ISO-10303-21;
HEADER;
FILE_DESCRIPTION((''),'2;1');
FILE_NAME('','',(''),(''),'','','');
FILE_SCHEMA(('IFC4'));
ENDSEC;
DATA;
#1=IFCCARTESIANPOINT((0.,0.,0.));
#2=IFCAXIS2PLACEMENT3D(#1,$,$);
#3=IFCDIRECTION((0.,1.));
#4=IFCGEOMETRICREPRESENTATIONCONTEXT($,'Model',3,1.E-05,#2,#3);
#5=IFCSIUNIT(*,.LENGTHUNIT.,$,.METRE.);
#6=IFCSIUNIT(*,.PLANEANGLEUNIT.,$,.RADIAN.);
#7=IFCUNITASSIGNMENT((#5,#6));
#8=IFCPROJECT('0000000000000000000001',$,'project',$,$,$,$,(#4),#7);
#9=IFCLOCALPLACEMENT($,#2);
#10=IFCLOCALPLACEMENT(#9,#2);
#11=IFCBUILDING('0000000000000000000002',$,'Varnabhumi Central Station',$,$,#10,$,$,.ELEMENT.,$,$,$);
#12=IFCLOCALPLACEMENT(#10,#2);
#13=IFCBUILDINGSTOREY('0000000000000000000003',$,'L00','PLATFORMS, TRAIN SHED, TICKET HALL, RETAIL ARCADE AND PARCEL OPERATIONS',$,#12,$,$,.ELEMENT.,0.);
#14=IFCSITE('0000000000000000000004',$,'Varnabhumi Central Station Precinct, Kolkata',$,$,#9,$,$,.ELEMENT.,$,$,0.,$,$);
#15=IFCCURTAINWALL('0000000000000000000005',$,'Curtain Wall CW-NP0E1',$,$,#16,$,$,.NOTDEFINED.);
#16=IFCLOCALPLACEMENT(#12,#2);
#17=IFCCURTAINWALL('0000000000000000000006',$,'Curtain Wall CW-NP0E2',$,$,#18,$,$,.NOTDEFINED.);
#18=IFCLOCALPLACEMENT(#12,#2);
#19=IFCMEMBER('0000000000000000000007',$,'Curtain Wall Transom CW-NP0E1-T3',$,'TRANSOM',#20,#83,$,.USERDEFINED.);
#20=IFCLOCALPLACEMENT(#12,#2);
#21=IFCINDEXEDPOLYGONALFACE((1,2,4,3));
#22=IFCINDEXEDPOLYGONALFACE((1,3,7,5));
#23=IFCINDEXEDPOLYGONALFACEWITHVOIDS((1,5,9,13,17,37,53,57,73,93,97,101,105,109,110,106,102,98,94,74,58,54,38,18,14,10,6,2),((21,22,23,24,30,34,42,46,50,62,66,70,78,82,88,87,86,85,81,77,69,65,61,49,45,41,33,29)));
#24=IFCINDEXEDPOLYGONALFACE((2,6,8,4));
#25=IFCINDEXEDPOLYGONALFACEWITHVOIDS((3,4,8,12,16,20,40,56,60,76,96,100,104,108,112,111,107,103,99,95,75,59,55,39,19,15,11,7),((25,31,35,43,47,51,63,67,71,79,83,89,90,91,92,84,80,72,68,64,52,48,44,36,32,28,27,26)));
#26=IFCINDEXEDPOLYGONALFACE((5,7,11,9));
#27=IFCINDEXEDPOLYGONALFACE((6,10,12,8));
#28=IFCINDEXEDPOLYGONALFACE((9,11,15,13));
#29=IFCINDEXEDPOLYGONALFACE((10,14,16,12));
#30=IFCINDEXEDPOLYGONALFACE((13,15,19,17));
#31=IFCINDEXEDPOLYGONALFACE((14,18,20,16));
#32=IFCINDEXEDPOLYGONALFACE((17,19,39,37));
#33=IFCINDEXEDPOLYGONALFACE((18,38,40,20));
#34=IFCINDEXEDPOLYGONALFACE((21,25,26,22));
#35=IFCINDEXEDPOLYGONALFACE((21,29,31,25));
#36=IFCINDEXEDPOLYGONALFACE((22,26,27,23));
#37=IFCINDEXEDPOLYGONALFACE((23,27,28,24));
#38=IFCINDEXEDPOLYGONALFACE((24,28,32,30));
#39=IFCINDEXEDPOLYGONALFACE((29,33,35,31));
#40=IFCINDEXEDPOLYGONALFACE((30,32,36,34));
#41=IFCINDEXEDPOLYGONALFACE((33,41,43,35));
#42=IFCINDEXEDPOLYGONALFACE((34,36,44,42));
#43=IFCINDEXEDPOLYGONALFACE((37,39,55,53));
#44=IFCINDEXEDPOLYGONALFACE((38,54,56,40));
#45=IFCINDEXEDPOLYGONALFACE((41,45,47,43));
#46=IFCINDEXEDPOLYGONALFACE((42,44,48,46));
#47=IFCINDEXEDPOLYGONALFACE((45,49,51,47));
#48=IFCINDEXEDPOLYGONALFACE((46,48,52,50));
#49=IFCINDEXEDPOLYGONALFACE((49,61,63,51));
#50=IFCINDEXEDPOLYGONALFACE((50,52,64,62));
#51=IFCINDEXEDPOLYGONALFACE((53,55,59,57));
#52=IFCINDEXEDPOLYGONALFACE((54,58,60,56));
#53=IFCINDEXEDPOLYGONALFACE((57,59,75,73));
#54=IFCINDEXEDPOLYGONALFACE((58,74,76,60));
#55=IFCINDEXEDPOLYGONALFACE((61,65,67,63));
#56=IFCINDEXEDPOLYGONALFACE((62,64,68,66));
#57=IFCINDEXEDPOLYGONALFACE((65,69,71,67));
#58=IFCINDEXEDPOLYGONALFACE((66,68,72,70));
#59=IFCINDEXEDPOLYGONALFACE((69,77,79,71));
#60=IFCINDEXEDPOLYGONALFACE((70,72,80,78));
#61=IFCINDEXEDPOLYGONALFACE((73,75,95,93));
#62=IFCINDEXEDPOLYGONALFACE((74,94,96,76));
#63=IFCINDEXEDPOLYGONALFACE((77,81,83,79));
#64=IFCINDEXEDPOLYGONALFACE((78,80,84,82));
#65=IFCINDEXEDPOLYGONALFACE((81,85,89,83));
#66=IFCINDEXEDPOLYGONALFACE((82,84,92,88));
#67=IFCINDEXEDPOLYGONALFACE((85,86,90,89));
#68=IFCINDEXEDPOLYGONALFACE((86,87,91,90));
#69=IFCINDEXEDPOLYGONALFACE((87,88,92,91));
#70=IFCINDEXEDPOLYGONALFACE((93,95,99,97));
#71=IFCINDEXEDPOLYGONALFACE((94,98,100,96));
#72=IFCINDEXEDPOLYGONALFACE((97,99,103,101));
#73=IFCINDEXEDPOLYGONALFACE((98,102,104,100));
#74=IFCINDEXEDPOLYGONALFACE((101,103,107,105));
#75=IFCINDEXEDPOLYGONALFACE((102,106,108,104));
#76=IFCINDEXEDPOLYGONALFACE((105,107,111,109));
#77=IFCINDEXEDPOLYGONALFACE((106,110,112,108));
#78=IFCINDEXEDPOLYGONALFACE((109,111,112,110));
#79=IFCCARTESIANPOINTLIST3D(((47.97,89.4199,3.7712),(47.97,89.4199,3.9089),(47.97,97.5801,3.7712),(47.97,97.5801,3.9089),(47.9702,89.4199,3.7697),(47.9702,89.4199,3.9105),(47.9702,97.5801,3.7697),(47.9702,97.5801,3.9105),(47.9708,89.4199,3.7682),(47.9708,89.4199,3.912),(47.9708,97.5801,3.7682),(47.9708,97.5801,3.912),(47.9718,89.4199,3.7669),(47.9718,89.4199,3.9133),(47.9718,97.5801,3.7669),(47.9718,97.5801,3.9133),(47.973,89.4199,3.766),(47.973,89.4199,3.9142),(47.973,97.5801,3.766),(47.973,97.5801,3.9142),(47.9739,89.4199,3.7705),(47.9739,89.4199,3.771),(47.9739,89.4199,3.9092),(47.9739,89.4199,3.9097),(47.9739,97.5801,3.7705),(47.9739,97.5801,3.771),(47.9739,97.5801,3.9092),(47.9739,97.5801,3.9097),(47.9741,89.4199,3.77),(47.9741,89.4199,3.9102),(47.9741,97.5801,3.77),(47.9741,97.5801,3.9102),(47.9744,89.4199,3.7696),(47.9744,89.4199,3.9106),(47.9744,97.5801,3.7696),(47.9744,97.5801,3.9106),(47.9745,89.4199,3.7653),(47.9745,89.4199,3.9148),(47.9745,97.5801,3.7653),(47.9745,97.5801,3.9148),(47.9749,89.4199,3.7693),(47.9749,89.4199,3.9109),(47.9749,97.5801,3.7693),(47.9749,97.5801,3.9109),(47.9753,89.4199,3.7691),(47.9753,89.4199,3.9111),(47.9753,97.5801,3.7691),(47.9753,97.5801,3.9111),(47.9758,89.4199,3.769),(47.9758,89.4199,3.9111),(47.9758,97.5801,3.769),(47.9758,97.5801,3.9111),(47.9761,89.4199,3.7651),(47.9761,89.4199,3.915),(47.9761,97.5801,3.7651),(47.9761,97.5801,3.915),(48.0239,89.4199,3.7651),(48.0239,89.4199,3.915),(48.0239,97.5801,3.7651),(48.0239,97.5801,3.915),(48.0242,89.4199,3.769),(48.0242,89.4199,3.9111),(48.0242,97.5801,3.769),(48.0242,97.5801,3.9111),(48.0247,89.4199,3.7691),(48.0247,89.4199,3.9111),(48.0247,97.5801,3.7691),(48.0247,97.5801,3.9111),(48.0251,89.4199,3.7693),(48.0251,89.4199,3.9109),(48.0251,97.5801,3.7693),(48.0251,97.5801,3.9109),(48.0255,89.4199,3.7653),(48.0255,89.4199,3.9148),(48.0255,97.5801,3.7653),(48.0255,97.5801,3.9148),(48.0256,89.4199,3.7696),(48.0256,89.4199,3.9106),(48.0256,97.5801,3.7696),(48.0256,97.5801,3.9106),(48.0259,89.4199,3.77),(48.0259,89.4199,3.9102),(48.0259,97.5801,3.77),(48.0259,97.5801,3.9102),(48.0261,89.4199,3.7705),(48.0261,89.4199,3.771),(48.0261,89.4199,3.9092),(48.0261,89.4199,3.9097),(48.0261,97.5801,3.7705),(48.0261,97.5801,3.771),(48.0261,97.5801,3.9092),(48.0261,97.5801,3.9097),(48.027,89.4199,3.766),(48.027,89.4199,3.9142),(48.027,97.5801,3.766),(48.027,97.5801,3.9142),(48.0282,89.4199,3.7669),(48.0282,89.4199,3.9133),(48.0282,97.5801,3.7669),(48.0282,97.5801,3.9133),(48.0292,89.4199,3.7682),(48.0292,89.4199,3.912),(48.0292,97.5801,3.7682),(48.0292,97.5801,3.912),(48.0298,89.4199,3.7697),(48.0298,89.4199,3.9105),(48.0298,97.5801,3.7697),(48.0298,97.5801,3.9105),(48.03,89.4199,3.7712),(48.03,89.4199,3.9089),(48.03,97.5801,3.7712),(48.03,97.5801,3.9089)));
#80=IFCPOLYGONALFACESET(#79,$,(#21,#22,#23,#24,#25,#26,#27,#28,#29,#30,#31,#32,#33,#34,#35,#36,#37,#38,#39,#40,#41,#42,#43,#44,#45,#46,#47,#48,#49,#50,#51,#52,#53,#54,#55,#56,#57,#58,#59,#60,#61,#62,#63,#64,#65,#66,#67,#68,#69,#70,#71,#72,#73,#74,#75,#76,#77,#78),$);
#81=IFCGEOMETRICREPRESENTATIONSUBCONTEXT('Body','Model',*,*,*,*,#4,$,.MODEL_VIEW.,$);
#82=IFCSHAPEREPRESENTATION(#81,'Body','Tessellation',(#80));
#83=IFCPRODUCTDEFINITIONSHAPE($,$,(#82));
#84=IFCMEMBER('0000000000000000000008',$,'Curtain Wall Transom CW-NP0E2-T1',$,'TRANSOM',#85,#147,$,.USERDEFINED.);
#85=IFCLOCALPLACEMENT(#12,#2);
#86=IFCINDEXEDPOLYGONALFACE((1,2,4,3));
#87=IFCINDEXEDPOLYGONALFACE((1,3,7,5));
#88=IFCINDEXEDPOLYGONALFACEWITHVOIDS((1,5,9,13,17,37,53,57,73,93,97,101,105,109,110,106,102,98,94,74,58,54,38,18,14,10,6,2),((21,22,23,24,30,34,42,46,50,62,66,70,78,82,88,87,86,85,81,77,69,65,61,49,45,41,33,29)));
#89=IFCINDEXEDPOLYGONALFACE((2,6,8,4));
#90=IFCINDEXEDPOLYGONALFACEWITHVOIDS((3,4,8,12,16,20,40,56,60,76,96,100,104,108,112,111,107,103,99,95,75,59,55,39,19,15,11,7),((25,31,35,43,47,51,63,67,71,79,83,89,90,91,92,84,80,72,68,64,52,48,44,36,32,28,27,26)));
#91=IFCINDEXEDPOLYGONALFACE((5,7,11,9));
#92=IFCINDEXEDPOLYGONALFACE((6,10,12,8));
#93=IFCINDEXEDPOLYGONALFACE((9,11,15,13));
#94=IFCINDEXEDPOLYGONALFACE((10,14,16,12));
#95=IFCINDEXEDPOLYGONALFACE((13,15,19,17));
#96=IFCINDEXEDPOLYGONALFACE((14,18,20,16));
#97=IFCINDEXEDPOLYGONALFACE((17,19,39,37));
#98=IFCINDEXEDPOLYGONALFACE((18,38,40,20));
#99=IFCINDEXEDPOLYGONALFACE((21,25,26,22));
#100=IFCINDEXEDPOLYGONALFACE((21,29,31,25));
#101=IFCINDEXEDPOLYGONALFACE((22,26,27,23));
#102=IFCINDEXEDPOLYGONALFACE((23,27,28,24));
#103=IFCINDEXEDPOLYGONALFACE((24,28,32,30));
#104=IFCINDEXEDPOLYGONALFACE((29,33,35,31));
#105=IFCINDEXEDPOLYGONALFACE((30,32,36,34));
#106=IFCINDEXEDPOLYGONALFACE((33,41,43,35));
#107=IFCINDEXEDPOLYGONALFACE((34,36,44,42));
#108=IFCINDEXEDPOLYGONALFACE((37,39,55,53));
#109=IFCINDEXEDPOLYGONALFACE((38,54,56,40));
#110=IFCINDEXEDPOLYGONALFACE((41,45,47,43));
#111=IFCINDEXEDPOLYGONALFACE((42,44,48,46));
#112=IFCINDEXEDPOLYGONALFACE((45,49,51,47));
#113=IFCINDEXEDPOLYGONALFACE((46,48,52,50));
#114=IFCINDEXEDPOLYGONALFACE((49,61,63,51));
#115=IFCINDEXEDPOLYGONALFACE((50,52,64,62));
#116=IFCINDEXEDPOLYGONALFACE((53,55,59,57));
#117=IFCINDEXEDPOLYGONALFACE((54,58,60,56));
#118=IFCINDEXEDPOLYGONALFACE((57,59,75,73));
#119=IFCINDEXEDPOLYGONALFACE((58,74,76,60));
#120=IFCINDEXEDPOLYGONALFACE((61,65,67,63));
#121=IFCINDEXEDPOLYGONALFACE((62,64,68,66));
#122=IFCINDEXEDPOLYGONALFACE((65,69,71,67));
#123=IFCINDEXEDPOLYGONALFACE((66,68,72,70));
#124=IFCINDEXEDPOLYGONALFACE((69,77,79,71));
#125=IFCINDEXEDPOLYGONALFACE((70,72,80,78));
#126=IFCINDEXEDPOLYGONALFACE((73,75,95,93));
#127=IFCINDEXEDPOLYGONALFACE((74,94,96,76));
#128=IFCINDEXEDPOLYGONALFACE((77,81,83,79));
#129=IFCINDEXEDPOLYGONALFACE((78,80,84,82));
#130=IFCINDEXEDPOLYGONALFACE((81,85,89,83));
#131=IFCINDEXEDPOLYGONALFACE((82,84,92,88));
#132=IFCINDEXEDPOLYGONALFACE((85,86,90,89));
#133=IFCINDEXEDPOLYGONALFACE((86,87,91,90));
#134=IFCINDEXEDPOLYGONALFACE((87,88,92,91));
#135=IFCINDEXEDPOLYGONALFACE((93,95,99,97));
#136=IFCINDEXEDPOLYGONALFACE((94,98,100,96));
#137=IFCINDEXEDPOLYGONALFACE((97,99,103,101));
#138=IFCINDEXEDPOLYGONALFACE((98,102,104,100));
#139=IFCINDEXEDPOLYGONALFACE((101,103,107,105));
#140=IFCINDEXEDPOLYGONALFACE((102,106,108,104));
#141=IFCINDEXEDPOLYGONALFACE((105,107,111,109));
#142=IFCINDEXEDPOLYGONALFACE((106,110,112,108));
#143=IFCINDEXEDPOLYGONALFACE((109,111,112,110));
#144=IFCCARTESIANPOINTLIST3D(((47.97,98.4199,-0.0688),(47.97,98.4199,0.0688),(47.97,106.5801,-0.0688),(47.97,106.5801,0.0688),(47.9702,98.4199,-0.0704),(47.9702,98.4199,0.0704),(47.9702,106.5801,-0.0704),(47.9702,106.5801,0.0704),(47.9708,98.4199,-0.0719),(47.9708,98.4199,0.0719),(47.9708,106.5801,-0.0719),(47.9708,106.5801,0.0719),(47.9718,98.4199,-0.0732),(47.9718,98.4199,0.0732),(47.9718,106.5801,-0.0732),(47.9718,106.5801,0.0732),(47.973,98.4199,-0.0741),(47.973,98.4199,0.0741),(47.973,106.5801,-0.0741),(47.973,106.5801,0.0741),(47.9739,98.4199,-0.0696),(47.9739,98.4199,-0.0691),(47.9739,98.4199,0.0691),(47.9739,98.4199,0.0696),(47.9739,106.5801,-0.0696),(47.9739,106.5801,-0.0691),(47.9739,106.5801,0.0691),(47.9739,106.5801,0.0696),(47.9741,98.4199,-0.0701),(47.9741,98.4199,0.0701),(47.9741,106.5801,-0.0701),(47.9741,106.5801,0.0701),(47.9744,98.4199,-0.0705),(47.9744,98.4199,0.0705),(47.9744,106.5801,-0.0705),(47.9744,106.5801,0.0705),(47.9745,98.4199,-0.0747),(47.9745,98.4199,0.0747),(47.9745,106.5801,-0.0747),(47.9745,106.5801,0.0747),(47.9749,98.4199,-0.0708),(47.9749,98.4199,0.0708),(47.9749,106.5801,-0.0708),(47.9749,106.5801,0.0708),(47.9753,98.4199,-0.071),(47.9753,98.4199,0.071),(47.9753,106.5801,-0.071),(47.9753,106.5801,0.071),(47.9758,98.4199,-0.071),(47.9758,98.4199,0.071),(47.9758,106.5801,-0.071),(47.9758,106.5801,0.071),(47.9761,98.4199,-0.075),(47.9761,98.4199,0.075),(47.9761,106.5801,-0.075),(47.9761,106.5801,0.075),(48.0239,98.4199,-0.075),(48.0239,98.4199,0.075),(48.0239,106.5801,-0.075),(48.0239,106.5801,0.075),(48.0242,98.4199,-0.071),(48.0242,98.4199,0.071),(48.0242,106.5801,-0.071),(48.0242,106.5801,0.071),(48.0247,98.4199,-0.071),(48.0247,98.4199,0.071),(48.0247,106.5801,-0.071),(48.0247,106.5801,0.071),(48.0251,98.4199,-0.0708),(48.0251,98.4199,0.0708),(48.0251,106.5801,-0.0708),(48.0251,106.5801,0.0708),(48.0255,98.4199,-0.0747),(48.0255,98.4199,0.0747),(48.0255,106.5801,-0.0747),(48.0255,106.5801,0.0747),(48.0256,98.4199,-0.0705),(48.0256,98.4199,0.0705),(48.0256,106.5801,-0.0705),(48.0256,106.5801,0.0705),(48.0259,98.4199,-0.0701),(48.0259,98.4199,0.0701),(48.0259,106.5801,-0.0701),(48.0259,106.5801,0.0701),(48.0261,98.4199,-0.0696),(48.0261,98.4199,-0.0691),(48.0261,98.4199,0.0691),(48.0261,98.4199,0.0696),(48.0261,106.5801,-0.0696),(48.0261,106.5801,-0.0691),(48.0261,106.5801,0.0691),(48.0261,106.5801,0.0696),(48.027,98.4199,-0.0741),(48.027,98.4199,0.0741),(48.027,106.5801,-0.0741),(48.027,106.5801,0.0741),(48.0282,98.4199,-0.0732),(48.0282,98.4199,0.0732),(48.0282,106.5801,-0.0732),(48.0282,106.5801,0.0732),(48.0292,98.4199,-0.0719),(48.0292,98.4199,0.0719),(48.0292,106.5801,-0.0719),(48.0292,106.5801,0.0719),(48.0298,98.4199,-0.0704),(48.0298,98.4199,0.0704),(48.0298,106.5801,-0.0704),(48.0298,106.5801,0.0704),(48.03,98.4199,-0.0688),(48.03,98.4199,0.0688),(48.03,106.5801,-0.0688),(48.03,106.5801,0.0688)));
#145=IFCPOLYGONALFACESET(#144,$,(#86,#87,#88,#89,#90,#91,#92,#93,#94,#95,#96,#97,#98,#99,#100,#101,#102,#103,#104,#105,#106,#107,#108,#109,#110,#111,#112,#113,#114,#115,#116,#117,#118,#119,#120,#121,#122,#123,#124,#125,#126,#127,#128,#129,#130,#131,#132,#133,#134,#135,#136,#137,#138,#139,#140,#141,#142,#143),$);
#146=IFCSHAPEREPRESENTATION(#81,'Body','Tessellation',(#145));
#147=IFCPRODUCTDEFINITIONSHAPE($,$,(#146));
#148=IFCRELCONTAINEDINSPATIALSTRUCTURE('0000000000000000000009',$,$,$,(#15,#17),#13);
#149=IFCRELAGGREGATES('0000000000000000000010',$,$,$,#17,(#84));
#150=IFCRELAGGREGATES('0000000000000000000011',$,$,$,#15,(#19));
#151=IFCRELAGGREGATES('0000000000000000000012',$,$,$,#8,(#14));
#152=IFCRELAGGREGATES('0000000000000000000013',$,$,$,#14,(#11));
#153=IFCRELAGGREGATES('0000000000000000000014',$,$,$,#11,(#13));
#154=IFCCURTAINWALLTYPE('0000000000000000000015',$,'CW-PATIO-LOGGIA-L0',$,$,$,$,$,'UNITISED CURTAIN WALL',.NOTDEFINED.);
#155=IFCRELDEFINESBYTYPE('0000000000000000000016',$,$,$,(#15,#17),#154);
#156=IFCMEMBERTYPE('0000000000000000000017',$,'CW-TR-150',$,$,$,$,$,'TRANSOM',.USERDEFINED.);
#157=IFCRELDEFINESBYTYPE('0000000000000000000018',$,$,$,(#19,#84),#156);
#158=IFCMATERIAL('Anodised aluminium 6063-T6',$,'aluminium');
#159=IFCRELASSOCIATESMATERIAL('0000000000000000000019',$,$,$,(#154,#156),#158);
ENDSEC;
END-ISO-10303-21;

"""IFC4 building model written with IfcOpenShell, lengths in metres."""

from ifc_helpers import new_model, si_unit, direction, frame, origin, origin_2d, place, context, subcontext, project, spatial, hollow_rectangle, extrude, material, material_profile, profile_set, type_object, element, aggregate, save


model = new_model("IFC4")

# Units and contexts
model_context = context("Model", 3, precision=1e-05, world=origin(), true_north=direction((0.0, 1.0)))
body_context = subcontext(model_context, "Body", "Model", "MODEL_VIEW")
ifc_project = project(units=[si_unit("LENGTHUNIT", "METRE"), si_unit("PLANEANGLEUNIT", "RADIAN")], contexts=[model_context])

# Site, building, storey
site_placement = place(None, origin())
site = spatial("IfcSite", under=ifc_project, at=site_placement, Name="Varnabhumi Central Station Precinct, Kolkata", CompositionType="ELEMENT", RefElevation=0.0)
building_placement = place(site_placement, origin())
building = spatial("IfcBuilding", under=site, at=building_placement, Name="Varnabhumi Central Station", CompositionType="ELEMENT")
storey_placement = place(building_placement, origin())
storey = spatial("IfcBuildingStorey", under=building, at=storey_placement, Name="L00", Description="PLATFORMS, TRAIN SHED, TICKET HALL, RETAIL ARCADE AND PARCEL OPERATIONS", CompositionType="ELEMENT", Elevation=0.0)

# Curtain wall
ifc_material_1 = material(Name="Anodised aluminium 6063-T6", Category="aluminium")
curtain_wall_type = type_object("IfcCurtainWallType", Name="CW-PATIO-LOGGIA-L0", ElementType="UNITISED CURTAIN WALL", PredefinedType="NOTDEFINED", material=ifc_material_1)
curtain_wall_1_placement = place(storey_placement, origin())
curtain_wall_1 = element("IfcCurtainWall", 1, at=curtain_wall_1_placement, inside=storey, type_object=curtain_wall_type, Name="Curtain Wall CW-NP0E1", PredefinedType="NOTDEFINED")

# Curtain wall
curtain_wall_2_placement = place(storey_placement, origin())
curtain_wall_2 = element("IfcCurtainWall", 2, at=curtain_wall_2_placement, inside=storey, type_object=curtain_wall_type, Name="Curtain Wall CW-NP0E2", PredefinedType="NOTDEFINED")

# Members
ifc_material_profile_1 = material_profile(ifc_material_1, hollow_rectangle(XDim=0.0601, YDim=0.1499, WallThickness=0.0039, InnerFilletRadius=0.002, OuterFilletRadius=0.0061, at=origin_2d()), Name="Anodised aluminium 6063-T6", Category="aluminium")
ifc_profile_set_1 = profile_set([ifc_material_profile_1], Name="Anodised aluminium 6063-T6")
member_type_1 = type_object("IfcMemberType", Name="CW-TR-150", ElementType="TRANSOM", PredefinedType="USERDEFINED", material=ifc_profile_set_1)
member_1_placement = place(storey_placement, frame((48.0, 89.4199, 3.8401), z_axis=(0.0, 1.0, 0.0), x_axis=(-1.0, 0.0, 0.0)))
member_1 = element("IfcMember", 3, at=member_1_placement, type_object=member_type_1, Name="Curtain Wall Transom CW-NP0E1-T3", ObjectType="TRANSOM", PredefinedType="USERDEFINED", context=body_context, shape_type="SweptSolid", body=[
    extrude(hollow_rectangle(XDim=0.0601, YDim=0.1499, WallThickness=0.0039, InnerFilletRadius=0.002, OuterFilletRadius=0.0061, at=origin_2d()), origin(), (0.0, 0.0, 1.0), 8.1602),
])
member_2_placement = place(storey_placement, frame((48.0, 98.4199, 0.0), z_axis=(0.0, 1.0, 0.0), x_axis=(-1.0, 0.0, 0.0)))
member_2 = element("IfcMember", 4, at=member_2_placement, type_object=member_type_1, Name="Curtain Wall Transom CW-NP0E2-T1", ObjectType="TRANSOM", PredefinedType="USERDEFINED", context=body_context, shape_type="SweptSolid", body=[
    extrude(hollow_rectangle(XDim=0.0601, YDim=0.1499, WallThickness=0.0039, InnerFilletRadius=0.002, OuterFilletRadius=0.0061, at=origin_2d()), origin(), (0.0, 0.0, 1.0), 8.1602),
])
aggregate(curtain_wall_2, [member_2])

aggregate(curtain_wall_1, [member_1])

save(model, "model.ifc")
